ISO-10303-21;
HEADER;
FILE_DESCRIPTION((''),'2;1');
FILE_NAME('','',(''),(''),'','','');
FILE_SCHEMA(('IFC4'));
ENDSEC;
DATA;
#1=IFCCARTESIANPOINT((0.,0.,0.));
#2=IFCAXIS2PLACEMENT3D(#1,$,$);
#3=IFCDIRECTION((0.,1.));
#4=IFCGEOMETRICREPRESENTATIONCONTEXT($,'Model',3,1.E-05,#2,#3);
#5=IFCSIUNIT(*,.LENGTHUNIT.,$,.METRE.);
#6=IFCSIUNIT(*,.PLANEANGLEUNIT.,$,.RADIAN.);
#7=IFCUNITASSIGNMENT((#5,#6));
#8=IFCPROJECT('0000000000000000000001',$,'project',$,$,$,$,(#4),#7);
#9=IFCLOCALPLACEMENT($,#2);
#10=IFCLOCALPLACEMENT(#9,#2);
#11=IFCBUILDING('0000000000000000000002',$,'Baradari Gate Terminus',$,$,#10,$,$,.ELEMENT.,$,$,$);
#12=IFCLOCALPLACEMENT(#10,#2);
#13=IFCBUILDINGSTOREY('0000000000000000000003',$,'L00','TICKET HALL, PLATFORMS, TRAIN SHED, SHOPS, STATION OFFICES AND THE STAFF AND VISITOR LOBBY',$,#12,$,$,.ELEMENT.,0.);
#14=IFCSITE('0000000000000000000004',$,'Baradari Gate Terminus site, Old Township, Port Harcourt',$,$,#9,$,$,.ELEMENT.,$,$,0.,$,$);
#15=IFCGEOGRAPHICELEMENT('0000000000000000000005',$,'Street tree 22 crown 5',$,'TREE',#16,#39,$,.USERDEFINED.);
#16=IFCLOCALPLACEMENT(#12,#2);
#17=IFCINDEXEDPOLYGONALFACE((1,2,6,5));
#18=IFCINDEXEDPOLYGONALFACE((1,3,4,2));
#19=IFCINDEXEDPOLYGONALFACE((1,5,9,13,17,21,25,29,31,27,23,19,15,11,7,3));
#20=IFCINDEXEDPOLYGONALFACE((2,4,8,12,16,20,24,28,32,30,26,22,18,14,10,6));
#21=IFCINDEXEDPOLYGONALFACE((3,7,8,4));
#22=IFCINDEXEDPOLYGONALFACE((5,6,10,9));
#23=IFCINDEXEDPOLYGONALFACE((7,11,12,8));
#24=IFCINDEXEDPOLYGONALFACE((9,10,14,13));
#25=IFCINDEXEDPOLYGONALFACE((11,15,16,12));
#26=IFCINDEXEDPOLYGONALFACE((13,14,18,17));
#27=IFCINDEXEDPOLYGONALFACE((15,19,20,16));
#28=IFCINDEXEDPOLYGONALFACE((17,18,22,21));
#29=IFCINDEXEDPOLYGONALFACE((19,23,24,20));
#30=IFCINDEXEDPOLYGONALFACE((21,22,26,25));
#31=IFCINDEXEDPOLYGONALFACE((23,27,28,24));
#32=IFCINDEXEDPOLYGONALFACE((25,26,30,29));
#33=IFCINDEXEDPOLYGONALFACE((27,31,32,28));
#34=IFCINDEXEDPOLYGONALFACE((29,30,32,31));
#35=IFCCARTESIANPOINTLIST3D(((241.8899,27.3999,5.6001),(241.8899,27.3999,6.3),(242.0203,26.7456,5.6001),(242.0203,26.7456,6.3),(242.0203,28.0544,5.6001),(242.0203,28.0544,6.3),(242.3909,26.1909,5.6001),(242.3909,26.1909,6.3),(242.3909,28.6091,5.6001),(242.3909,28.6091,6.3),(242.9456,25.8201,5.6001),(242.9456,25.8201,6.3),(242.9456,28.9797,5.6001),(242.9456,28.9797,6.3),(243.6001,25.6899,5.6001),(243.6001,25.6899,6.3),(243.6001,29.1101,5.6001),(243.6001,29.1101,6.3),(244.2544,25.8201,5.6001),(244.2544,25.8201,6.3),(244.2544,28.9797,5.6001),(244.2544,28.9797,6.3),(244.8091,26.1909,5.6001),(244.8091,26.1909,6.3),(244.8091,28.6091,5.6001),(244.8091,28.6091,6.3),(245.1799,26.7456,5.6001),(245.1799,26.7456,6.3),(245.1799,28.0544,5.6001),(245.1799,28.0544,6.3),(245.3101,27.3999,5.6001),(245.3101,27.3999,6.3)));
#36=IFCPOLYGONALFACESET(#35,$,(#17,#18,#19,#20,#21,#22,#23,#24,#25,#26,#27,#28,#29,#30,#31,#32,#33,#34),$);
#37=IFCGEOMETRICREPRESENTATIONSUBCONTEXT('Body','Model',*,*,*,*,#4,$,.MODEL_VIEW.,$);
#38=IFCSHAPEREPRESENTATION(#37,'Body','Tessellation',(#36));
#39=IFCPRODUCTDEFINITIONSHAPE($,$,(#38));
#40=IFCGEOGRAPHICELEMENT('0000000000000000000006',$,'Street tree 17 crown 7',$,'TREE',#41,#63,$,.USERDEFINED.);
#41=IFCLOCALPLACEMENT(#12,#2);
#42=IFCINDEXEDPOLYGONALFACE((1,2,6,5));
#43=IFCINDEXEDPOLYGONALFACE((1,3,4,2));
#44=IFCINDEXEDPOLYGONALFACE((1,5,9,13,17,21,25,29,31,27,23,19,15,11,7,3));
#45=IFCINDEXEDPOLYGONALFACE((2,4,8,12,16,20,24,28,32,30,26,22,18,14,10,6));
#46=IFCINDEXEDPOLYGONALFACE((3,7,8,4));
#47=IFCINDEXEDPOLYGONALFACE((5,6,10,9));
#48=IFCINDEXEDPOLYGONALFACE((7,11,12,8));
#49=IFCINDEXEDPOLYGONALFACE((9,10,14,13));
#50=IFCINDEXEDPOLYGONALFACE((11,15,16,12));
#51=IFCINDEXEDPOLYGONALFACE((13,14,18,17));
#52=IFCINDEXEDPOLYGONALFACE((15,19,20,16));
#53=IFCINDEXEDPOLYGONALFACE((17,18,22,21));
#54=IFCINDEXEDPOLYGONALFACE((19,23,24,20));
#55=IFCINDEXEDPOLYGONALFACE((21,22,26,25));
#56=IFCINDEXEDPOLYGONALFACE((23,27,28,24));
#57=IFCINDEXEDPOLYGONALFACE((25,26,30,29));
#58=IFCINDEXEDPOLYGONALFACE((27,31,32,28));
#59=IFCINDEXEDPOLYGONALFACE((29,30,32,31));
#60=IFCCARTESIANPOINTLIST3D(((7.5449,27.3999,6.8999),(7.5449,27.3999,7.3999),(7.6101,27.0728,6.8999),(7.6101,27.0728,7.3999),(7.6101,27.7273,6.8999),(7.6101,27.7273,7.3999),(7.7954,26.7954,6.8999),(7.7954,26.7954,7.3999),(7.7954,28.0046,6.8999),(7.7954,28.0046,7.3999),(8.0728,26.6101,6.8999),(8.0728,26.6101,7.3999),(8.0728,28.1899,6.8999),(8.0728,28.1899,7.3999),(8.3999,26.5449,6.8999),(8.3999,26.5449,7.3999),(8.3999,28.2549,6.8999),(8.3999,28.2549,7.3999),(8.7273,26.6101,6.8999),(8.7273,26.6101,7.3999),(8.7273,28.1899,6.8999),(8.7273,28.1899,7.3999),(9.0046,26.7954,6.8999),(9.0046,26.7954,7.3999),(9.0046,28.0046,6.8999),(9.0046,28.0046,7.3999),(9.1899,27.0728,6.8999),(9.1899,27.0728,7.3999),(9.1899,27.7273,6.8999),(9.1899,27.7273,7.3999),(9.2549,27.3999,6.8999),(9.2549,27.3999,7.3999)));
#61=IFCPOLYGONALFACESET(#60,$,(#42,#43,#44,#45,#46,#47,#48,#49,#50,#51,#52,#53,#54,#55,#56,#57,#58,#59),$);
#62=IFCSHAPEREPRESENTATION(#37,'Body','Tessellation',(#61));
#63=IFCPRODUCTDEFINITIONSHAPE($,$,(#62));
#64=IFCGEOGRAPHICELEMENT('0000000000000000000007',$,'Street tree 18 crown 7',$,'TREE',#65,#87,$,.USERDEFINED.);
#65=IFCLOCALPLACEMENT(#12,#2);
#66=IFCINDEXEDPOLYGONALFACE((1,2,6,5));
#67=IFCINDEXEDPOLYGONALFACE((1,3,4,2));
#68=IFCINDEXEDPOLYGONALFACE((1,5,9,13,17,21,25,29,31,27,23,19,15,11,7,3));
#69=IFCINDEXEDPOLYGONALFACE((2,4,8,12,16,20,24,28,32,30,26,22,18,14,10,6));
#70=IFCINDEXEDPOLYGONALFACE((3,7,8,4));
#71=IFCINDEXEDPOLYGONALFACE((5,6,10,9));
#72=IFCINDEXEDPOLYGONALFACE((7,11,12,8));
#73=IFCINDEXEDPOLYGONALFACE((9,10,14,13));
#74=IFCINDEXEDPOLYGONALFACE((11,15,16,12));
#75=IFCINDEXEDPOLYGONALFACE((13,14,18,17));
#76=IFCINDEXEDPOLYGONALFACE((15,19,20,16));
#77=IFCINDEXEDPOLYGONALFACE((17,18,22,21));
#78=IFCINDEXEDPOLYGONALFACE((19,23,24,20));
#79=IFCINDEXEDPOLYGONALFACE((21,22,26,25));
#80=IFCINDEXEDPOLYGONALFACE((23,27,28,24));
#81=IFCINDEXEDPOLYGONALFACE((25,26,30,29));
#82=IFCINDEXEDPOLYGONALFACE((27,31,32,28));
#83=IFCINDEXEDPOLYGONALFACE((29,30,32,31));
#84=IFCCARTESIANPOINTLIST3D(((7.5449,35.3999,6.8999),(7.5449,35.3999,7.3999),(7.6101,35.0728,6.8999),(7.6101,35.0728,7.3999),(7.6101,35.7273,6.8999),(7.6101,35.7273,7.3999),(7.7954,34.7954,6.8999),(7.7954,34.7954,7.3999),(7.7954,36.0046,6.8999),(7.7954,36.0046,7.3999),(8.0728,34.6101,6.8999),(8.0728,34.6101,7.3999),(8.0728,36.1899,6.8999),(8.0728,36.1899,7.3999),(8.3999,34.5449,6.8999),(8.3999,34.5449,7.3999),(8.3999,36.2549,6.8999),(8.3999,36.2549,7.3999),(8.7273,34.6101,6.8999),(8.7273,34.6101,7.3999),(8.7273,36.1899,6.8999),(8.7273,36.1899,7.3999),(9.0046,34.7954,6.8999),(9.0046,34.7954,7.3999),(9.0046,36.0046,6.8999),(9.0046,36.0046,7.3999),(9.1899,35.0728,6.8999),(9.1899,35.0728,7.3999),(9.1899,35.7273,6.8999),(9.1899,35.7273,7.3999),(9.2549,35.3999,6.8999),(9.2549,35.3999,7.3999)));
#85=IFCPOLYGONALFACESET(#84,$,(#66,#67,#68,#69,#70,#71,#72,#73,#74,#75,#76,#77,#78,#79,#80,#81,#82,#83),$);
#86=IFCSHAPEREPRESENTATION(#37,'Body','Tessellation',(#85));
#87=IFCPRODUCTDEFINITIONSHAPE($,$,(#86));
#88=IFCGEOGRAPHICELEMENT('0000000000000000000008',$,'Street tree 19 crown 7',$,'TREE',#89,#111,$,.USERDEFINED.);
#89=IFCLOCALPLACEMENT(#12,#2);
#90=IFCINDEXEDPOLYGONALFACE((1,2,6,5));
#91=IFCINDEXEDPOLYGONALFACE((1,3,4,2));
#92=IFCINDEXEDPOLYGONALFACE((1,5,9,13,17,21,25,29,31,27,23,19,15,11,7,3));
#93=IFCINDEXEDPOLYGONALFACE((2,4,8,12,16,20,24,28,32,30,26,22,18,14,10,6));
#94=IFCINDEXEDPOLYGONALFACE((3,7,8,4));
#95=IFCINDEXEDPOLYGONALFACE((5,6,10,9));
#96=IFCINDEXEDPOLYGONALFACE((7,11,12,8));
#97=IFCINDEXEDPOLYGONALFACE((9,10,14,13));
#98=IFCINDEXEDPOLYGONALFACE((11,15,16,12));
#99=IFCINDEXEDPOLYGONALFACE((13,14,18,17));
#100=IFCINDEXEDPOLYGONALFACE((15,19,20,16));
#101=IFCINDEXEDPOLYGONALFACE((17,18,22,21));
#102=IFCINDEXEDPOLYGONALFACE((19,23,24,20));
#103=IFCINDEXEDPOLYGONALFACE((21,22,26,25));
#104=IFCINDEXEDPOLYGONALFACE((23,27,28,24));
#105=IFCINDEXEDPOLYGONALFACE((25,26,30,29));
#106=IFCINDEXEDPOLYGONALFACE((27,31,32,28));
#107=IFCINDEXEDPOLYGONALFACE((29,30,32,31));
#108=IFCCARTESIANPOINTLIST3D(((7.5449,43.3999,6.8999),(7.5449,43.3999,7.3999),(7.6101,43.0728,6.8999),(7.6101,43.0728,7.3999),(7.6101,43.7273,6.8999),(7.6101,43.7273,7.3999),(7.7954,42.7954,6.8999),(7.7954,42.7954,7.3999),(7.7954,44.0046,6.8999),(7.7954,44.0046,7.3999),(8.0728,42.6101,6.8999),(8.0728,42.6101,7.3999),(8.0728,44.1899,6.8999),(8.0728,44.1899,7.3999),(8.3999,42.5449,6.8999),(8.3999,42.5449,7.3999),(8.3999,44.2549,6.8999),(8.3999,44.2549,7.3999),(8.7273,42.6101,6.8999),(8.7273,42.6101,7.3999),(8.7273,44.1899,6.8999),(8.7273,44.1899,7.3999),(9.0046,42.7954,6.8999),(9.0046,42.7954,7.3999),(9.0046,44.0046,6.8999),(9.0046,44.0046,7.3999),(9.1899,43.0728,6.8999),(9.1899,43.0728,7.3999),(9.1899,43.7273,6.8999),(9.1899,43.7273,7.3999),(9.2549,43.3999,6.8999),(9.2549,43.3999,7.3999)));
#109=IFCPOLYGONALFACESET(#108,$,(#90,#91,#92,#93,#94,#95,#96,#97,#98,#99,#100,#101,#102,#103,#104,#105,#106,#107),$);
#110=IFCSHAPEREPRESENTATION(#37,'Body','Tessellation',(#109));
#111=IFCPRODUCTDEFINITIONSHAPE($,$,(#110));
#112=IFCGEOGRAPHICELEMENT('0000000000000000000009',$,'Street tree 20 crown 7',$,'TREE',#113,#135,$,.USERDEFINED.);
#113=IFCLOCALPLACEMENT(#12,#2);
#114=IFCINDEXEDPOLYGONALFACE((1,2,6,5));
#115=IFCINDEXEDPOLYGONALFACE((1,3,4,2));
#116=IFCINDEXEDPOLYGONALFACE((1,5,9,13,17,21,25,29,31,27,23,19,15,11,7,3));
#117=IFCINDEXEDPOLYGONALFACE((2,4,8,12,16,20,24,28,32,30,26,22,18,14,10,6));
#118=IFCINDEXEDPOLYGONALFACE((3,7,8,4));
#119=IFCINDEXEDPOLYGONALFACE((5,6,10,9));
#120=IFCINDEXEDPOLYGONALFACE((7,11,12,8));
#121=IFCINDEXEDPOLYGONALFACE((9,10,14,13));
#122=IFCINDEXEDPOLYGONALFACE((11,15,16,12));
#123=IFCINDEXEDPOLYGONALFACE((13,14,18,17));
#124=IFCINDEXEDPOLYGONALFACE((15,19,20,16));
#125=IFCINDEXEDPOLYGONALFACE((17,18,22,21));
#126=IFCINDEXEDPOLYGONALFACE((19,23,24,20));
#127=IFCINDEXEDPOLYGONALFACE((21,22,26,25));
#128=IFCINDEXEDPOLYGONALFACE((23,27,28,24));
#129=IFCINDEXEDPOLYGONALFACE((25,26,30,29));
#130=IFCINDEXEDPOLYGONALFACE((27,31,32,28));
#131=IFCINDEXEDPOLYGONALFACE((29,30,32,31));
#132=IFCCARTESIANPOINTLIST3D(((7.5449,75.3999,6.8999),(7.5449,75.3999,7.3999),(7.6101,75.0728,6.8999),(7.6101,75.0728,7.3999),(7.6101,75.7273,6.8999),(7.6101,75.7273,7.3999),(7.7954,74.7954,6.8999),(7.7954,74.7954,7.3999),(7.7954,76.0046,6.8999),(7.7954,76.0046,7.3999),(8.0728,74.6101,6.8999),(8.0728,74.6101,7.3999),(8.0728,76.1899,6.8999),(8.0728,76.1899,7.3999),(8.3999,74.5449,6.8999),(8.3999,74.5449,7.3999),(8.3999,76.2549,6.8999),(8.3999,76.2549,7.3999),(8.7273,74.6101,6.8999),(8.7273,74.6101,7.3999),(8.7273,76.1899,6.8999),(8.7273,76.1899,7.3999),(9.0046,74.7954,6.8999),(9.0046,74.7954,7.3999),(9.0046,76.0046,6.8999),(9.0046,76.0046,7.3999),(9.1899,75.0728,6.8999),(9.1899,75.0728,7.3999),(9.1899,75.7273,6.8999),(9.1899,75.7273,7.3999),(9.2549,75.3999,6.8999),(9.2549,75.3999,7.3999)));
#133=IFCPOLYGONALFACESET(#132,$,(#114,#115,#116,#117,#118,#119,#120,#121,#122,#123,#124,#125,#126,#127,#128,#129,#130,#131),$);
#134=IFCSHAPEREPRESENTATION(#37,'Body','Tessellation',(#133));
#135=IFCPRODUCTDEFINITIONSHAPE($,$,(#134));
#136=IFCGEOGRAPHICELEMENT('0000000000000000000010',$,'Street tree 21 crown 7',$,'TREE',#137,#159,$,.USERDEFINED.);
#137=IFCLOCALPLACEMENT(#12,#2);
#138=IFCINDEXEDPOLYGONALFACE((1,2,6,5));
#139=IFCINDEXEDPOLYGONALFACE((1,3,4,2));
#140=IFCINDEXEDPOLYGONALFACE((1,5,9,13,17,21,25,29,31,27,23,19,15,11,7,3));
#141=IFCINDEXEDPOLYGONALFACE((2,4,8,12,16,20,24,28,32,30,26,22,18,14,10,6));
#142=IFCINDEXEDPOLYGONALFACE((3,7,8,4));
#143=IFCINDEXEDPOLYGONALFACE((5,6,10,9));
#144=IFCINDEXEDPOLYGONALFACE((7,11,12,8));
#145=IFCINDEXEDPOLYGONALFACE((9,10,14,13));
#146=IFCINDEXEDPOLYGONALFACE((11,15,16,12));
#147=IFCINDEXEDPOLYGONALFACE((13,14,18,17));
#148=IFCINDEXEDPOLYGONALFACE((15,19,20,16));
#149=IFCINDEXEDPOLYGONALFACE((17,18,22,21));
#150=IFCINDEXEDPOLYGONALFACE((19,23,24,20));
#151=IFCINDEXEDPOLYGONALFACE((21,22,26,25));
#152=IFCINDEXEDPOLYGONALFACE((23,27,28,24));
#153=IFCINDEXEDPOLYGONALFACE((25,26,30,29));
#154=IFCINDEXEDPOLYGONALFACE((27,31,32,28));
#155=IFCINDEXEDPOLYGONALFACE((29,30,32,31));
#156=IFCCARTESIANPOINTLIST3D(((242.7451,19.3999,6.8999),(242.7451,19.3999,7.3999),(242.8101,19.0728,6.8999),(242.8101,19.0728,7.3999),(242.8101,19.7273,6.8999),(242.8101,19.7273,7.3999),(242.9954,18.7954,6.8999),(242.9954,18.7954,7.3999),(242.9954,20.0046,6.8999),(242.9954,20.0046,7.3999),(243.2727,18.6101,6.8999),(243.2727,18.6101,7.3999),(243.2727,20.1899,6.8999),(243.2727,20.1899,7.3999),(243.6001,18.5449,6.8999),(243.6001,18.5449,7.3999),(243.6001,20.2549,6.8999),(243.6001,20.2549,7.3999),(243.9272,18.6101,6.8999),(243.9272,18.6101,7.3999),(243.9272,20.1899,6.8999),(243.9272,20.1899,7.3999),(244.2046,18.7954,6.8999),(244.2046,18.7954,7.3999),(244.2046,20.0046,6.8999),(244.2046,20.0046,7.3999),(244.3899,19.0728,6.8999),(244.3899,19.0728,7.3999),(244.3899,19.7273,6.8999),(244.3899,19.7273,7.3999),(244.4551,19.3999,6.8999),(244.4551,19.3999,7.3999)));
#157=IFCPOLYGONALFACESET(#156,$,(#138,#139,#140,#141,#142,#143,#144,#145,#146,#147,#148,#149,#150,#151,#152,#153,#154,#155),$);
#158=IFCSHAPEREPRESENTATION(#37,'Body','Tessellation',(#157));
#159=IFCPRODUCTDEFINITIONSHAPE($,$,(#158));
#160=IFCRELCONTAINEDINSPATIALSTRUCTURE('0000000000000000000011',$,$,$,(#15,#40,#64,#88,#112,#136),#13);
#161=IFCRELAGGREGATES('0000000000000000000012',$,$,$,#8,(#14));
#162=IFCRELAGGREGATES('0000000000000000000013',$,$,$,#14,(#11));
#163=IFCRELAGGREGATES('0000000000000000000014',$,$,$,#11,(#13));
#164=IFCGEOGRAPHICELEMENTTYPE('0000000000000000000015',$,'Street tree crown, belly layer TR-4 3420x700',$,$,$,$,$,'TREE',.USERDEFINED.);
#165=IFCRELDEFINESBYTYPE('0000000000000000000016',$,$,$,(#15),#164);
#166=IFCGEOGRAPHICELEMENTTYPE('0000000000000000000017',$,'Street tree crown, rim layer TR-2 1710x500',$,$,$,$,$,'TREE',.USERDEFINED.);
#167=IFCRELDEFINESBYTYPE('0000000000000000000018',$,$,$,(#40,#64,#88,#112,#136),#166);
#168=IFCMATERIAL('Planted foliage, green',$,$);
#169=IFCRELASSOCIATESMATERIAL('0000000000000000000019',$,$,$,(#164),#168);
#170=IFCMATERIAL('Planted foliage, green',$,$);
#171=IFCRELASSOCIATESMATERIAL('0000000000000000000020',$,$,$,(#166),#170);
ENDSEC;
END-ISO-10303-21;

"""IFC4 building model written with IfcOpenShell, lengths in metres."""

from ifc_helpers import new_model, si_unit, direction, frame, origin, place, context, subcontext, project, spatial, polyline, outline, extrude, material, type_object, element, save


model = new_model("IFC4")

# Units and contexts
model_context = context("Model", 3, precision=1e-05, world=origin(), true_north=direction((0.0, 1.0)))
body_context = subcontext(model_context, "Body", "Model", "MODEL_VIEW")
ifc_project = project(units=[si_unit("LENGTHUNIT", "METRE"), si_unit("PLANEANGLEUNIT", "RADIAN")], contexts=[model_context])

# Site, building, storey
site_placement = place(None, origin())
site = spatial("IfcSite", under=ifc_project, at=site_placement, Name="Baradari Gate Terminus site, Old Township, Port Harcourt", CompositionType="ELEMENT", RefElevation=0.0)
building_placement = place(site_placement, origin())
building = spatial("IfcBuilding", under=site, at=building_placement, Name="Baradari Gate Terminus", CompositionType="ELEMENT")
storey_placement = place(building_placement, origin())
storey = spatial("IfcBuildingStorey", under=building, at=storey_placement, Name="L00", Description="TICKET HALL, PLATFORMS, TRAIN SHED, SHOPS, STATION OFFICES AND THE STAFF AND VISITOR LOBBY", CompositionType="ELEMENT", Elevation=0.0)

# Geographic elements
ifc_material_1 = material(Name="Planted foliage, green")
geographic_element_type_1 = type_object("IfcGeographicElementType", Name="Street tree crown, belly layer TR-4 3420x700", ElementType="TREE", PredefinedType="USERDEFINED", material=ifc_material_1)
geographic_element_1_placement = place(storey_placement, frame((0.0, 0.0, 5.6001)))
element("IfcGeographicElement", 1, at=geographic_element_1_placement, inside=storey, type_object=geographic_element_type_1, Name="Street tree 22 crown 5", ObjectType="TREE", PredefinedType="USERDEFINED", context=body_context, shape_type="SweptSolid", body=[
    extrude(outline(polyline([(245.3101, 27.3999), (245.1799, 28.0544), (244.8091, 28.6091), (244.2544, 28.9797), (243.6001, 29.1101), (242.9456, 28.9797), (242.3909, 28.6091), (242.0203, 28.0544), (241.8899, 27.3999), (242.0203, 26.7456), (242.3909, 26.1909), (242.9456, 25.8201), (243.6001, 25.6899), (244.2544, 25.8201), (244.8091, 26.1909), (245.1799, 26.7456), (245.3101, 27.3999)])), origin(), (0.0, 0.0, 1.0), 0.7),
])
ifc_material_2 = material(Name="Planted foliage, green")
geographic_element_type_2 = type_object("IfcGeographicElementType", Name="Street tree crown, rim layer TR-2 1710x500", ElementType="TREE", PredefinedType="USERDEFINED", material=ifc_material_2)
geographic_element_2_placement = place(storey_placement, frame((0.0, 0.0, 6.8999)))
element("IfcGeographicElement", 2, at=geographic_element_2_placement, inside=storey, type_object=geographic_element_type_2, Name="Street tree 17 crown 7", ObjectType="TREE", PredefinedType="USERDEFINED", context=body_context, shape_type="SweptSolid", body=[
    extrude(outline(polyline([(9.2549, 27.3999), (9.1899, 27.7273), (9.0046, 28.0046), (8.7273, 28.1899), (8.3999, 28.2549), (8.0728, 28.1899), (7.7954, 28.0046), (7.6101, 27.7273), (7.5449, 27.3999), (7.6101, 27.0728), (7.7954, 26.7954), (8.0728, 26.6101), (8.3999, 26.5449), (8.7273, 26.6101), (9.0046, 26.7954), (9.1899, 27.0728), (9.2549, 27.3999)])), origin(), (0.0, 0.0, 1.0), 0.5),
])
geographic_element_3_placement = place(storey_placement, frame((0.0, 0.0, 6.8999)))
element("IfcGeographicElement", 3, at=geographic_element_3_placement, inside=storey, type_object=geographic_element_type_2, Name="Street tree 18 crown 7", ObjectType="TREE", PredefinedType="USERDEFINED", context=body_context, shape_type="SweptSolid", body=[
    extrude(outline(polyline([(9.2549, 35.3999), (9.1899, 35.7273), (9.0046, 36.0046), (8.7273, 36.1899), (8.3999, 36.2549), (8.0728, 36.1899), (7.7954, 36.0046), (7.6101, 35.7273), (7.5449, 35.3999), (7.6101, 35.0728), (7.7954, 34.7954), (8.0728, 34.6101), (8.3999, 34.5449), (8.7273, 34.6101), (9.0046, 34.7954), (9.1899, 35.0728), (9.2549, 35.3999)])), origin(), (0.0, 0.0, 1.0), 0.5),
])
geographic_element_4_placement = place(storey_placement, frame((0.0, 0.0, 6.8999)))
element("IfcGeographicElement", 4, at=geographic_element_4_placement, inside=storey, type_object=geographic_element_type_2, Name="Street tree 19 crown 7", ObjectType="TREE", PredefinedType="USERDEFINED", context=body_context, shape_type="SweptSolid", body=[
    extrude(outline(polyline([(9.2549, 43.3999), (9.1899, 43.7273), (9.0046, 44.0046), (8.7273, 44.1899), (8.3999, 44.2549), (8.0728, 44.1899), (7.7954, 44.0046), (7.6101, 43.7273), (7.5449, 43.3999), (7.6101, 43.0728), (7.7954, 42.7954), (8.0728, 42.6101), (8.3999, 42.5449), (8.7273, 42.6101), (9.0046, 42.7954), (9.1899, 43.0728), (9.2549, 43.3999)])), origin(), (0.0, 0.0, 1.0), 0.5),
])
geographic_element_5_placement = place(storey_placement, frame((0.0, 0.0, 6.8999)))
element("IfcGeographicElement", 5, at=geographic_element_5_placement, inside=storey, type_object=geographic_element_type_2, Name="Street tree 20 crown 7", ObjectType="TREE", PredefinedType="USERDEFINED", context=body_context, shape_type="SweptSolid", body=[
    extrude(outline(polyline([(9.2549, 75.3999), (9.1899, 75.7273), (9.0046, 76.0046), (8.7273, 76.1899), (8.3999, 76.2549), (8.0728, 76.1899), (7.7954, 76.0046), (7.6101, 75.7273), (7.5449, 75.3999), (7.6101, 75.0728), (7.7954, 74.7954), (8.0728, 74.6101), (8.3999, 74.5449), (8.7273, 74.6101), (9.0046, 74.7954), (9.1899, 75.0728), (9.2549, 75.3999)])), origin(), (0.0, 0.0, 1.0), 0.5),
])
geographic_element_6_placement = place(storey_placement, frame((0.0, 0.0, 6.8999)))
element("IfcGeographicElement", 6, at=geographic_element_6_placement, inside=storey, type_object=geographic_element_type_2, Name="Street tree 21 crown 7", ObjectType="TREE", PredefinedType="USERDEFINED", context=body_context, shape_type="SweptSolid", body=[
    extrude(outline(polyline([(244.4551, 19.3999), (244.3899, 19.7273), (244.2046, 20.0046), (243.9272, 20.1899), (243.6001, 20.2549), (243.2727, 20.1899), (242.9954, 20.0046), (242.8101, 19.7273), (242.7451, 19.3999), (242.8101, 19.0728), (242.9954, 18.7954), (243.2727, 18.6101), (243.6001, 18.5449), (243.9272, 18.6101), (244.2046, 18.7954), (244.3899, 19.0728), (244.4551, 19.3999)])), origin(), (0.0, 0.0, 1.0), 0.5),
])

save(model, "model.ifc")
